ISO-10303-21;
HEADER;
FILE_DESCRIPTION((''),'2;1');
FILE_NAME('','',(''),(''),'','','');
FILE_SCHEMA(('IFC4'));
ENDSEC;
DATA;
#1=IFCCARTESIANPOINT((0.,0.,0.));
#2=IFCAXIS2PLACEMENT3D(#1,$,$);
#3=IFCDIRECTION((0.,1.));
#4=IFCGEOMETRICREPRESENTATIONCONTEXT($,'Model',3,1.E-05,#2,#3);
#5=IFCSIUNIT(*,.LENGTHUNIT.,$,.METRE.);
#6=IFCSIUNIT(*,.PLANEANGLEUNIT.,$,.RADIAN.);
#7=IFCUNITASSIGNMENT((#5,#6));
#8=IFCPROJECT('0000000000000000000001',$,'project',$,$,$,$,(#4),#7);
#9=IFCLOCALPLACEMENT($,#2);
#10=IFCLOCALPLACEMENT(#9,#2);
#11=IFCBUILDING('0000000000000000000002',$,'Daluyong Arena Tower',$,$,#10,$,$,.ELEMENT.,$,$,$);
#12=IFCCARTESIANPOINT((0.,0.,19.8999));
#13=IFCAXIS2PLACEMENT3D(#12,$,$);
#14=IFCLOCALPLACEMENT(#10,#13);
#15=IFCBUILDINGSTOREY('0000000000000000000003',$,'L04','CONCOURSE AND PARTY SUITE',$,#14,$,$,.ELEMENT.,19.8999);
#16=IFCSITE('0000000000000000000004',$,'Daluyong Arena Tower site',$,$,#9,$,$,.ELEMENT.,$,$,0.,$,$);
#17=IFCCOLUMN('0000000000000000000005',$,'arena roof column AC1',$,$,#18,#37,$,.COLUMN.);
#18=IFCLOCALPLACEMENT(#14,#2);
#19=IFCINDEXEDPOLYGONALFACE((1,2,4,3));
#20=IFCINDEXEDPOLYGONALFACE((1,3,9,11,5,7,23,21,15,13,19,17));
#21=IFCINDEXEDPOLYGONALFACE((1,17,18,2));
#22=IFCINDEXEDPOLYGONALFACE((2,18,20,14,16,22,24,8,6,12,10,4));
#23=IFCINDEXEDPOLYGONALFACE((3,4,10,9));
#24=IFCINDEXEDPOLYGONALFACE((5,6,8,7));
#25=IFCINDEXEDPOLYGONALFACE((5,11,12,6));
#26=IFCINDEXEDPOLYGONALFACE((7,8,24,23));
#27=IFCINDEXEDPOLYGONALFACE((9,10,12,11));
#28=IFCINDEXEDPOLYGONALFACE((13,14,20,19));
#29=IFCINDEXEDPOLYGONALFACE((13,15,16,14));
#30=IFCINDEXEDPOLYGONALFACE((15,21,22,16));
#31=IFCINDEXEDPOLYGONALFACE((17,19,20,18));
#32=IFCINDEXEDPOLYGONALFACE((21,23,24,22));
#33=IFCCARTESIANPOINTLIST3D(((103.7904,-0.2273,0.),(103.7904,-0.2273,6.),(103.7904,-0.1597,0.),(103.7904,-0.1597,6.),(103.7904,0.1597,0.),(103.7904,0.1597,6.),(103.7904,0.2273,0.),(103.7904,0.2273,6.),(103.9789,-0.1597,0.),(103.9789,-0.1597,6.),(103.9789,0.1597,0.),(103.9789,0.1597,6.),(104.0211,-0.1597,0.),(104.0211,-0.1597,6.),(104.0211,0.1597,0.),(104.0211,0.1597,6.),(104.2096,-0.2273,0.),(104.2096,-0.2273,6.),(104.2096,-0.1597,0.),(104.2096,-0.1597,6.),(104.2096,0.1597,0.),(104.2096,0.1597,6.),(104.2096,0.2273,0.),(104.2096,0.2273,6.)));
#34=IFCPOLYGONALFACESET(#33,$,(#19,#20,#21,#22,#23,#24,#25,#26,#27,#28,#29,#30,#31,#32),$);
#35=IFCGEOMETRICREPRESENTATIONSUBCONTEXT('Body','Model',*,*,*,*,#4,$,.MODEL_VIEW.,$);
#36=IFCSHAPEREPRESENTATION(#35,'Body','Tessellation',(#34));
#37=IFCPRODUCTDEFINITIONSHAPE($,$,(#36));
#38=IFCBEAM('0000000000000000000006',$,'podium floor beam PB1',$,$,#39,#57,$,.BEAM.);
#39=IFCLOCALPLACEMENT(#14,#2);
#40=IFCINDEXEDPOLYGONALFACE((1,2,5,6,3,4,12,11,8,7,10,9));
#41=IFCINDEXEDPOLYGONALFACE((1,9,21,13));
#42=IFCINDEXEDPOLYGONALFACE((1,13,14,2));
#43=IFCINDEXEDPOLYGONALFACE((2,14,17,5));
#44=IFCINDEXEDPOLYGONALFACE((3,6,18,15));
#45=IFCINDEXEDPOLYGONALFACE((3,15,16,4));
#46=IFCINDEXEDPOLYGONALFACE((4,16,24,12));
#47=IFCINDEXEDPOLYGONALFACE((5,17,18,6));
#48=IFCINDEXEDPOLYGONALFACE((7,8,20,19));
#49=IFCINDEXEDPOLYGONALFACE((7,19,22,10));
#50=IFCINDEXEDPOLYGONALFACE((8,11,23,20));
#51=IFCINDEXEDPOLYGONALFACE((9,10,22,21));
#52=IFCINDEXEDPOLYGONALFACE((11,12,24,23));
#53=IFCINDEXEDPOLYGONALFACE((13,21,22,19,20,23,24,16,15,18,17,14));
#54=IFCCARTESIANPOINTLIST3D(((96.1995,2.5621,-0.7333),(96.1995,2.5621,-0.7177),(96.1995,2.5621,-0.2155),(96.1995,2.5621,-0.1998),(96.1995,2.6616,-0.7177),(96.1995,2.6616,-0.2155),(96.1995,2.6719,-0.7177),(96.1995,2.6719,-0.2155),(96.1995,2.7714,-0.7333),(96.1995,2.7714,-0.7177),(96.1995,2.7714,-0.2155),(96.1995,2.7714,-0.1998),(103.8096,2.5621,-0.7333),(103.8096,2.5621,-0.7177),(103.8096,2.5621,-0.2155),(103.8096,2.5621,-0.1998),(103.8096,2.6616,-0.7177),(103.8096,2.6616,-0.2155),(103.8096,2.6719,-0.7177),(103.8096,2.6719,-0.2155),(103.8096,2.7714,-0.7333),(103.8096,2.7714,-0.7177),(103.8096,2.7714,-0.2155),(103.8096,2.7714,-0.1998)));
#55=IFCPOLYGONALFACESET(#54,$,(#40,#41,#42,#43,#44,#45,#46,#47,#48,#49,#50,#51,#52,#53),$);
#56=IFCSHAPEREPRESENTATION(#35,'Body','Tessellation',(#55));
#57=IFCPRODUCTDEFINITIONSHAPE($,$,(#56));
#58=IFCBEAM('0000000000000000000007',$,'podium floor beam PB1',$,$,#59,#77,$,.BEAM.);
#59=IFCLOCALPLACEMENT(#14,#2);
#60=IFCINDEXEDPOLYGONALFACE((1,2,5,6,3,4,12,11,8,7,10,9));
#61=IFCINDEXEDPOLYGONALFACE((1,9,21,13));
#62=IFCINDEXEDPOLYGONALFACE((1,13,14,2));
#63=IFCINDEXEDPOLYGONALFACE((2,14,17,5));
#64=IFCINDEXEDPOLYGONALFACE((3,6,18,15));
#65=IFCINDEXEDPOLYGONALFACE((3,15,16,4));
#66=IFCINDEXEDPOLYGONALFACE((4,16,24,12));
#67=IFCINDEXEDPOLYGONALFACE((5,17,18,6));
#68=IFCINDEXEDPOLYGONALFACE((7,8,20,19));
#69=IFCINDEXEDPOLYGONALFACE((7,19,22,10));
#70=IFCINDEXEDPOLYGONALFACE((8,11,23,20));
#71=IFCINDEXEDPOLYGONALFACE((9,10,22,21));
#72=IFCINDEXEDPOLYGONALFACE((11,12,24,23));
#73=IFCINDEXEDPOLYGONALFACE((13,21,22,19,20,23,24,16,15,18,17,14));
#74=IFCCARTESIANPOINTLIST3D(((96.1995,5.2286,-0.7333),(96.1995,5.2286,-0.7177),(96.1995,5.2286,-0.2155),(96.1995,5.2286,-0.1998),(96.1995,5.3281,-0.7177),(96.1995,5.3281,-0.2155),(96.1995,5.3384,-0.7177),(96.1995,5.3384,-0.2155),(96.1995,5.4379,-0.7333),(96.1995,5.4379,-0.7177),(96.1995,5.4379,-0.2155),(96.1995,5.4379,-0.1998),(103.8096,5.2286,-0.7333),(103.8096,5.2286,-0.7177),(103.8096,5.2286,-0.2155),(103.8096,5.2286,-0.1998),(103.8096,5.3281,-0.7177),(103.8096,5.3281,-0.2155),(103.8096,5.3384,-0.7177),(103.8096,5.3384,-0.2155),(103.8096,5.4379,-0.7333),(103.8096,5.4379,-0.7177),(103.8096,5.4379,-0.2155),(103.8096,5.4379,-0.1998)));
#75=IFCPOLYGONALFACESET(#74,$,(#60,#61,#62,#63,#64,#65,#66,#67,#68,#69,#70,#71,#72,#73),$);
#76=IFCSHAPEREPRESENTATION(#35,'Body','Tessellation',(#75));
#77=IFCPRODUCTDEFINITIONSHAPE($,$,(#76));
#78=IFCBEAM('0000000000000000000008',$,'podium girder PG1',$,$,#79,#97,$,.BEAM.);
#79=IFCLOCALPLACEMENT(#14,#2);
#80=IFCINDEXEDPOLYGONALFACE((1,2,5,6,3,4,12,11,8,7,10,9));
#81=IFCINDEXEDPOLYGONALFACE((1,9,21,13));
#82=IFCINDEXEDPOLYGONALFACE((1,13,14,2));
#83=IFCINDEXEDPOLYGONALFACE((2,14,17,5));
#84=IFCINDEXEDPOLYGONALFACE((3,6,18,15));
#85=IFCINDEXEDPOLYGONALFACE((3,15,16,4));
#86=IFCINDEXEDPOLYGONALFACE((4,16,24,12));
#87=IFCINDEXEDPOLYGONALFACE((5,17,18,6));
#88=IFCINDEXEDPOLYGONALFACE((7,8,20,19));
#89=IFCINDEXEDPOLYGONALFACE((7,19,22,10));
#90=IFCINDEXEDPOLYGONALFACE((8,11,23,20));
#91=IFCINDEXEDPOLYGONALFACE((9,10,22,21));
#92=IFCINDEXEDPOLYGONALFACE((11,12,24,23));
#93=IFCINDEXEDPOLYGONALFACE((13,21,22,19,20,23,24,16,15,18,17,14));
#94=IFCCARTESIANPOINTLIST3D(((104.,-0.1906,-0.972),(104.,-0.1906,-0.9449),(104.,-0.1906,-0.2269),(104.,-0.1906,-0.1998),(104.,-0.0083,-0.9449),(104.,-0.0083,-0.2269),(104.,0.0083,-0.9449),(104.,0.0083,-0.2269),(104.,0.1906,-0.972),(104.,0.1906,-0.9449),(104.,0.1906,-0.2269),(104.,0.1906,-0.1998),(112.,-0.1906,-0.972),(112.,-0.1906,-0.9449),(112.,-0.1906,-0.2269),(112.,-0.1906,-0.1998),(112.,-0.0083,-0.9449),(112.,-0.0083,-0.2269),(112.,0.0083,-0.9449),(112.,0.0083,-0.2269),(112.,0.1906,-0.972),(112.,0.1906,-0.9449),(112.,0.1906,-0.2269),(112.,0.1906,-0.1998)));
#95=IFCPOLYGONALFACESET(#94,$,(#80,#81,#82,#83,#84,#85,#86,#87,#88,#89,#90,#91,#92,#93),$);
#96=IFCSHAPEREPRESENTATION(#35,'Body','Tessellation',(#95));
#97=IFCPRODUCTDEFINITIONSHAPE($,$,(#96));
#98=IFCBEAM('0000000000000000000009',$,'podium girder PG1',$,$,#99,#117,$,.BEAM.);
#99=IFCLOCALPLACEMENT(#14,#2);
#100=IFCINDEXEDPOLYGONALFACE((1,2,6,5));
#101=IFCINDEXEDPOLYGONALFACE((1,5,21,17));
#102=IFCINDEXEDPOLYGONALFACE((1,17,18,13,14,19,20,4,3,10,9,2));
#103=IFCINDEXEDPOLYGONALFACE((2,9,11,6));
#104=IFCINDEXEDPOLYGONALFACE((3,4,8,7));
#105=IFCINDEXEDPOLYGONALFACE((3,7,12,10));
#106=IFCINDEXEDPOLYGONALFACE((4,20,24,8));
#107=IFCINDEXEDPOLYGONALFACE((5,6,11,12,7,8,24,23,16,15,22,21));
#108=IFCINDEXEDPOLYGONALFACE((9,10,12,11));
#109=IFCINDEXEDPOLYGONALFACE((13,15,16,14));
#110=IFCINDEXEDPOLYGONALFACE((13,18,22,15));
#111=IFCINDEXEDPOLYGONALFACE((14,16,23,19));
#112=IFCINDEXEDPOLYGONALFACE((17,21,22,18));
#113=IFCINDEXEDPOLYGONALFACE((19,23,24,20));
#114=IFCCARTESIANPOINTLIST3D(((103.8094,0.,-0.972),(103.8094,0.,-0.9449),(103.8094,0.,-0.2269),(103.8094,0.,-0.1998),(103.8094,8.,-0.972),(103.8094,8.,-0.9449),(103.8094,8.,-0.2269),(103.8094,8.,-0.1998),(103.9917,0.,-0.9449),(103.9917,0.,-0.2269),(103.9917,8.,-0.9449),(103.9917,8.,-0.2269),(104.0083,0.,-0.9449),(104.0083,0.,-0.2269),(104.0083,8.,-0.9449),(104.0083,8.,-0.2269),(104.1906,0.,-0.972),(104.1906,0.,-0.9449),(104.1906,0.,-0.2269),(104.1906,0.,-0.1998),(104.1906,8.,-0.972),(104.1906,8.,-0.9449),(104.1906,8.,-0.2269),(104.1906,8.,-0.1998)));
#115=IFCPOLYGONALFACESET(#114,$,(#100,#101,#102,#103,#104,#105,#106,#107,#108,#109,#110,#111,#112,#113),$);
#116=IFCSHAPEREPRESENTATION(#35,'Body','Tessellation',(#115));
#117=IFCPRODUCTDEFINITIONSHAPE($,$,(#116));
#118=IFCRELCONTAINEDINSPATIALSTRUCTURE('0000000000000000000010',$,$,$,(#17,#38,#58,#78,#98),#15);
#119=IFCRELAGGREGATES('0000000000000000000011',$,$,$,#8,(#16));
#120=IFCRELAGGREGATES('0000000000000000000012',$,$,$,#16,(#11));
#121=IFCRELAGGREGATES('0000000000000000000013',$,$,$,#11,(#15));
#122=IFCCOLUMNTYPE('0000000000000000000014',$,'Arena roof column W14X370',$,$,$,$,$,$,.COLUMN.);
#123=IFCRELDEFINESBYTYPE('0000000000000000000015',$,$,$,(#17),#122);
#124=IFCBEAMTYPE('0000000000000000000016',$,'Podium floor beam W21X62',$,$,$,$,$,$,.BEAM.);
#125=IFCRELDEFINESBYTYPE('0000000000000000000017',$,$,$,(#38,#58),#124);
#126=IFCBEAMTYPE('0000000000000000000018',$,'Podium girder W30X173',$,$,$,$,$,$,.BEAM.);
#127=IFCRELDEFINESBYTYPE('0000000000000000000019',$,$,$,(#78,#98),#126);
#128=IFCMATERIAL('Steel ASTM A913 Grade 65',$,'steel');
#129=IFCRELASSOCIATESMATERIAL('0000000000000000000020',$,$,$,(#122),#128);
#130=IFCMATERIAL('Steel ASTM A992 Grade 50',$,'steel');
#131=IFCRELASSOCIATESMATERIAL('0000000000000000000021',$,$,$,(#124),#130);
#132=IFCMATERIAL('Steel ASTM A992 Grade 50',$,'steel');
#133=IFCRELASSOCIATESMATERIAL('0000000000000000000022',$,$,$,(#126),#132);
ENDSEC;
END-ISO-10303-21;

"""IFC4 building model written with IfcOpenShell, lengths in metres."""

from ifc_helpers import new_model, si_unit, direction, frame, origin, origin_2d, place, context, subcontext, project, spatial, i_section, extrude, material, material_profile, profile_set, type_object, element, save


model = new_model("IFC4")

# Units and contexts
model_context = context("Model", 3, precision=1e-05, world=origin(), true_north=direction((0.0, 1.0)))
body_context = subcontext(model_context, "Body", "Model", "MODEL_VIEW")
ifc_project = project(units=[si_unit("LENGTHUNIT", "METRE"), si_unit("PLANEANGLEUNIT", "RADIAN")], contexts=[model_context])

# Site, building, storey
site_placement = place(None, origin())
site = spatial("IfcSite", under=ifc_project, at=site_placement, Name="Daluyong Arena Tower site", CompositionType="ELEMENT", RefElevation=0.0)
building_placement = place(site_placement, origin())
building = spatial("IfcBuilding", under=site, at=building_placement, Name="Daluyong Arena Tower", CompositionType="ELEMENT")
storey_placement = place(building_placement, frame((0.0, 0.0, 19.8999)))
storey = spatial("IfcBuildingStorey", under=building, at=storey_placement, Name="L04", Description="CONCOURSE AND PARTY SUITE", CompositionType="ELEMENT", Elevation=19.8999)

# Column
ifc_material_1 = material(Name="Steel ASTM A913 Grade 65", Category="steel")
ifc_material_profile_1 = material_profile(ifc_material_1, i_section(OverallWidth=0.4192, OverallDepth=0.4546, WebThickness=0.0422, FlangeThickness=0.0676, at=origin_2d()))
ifc_profile_set_1 = profile_set([ifc_material_profile_1], Name="Steel ASTM A913 Grade 65")
column_type = type_object("IfcColumnType", Name="Arena roof column W14X370", PredefinedType="COLUMN", material=ifc_profile_set_1)
column_placement = place(storey_placement, frame((104.0, 0.0, 0.0), z_axis=(0.0, 0.0, 1.0), x_axis=(1.0, 0.0, 0.0)))
element("IfcColumn", 1, at=column_placement, inside=storey, type_object=column_type, Name="arena roof column AC1", PredefinedType="COLUMN", context=body_context, shape_type="SweptSolid", body=[
    extrude(i_section(OverallWidth=0.4192, OverallDepth=0.4546, WebThickness=0.0422, FlangeThickness=0.0676, at=origin_2d()), origin(), (0.0, 0.0, 1.0), 6.0),
])

# Beams
ifc_material_2 = material(Name="Steel ASTM A992 Grade 50", Category="steel")
ifc_material_profile_2 = material_profile(ifc_material_2, i_section(OverallWidth=0.2092, OverallDepth=0.5334, WebThickness=0.0103, FlangeThickness=0.0156, at=origin_2d()))
ifc_profile_set_2 = profile_set([ifc_material_profile_2], Name="Steel ASTM A992 Grade 50")
beam_type_1 = type_object("IfcBeamType", Name="Podium floor beam W21X62", PredefinedType="BEAM", material=ifc_profile_set_2)
for number, where, z_axis, x_axis, name in (
    (2, (96.1995, 2.6667, -0.4666), (1.0, 0.0, 0.0), (0.0, 1.0, 0.0), "podium floor beam PB1"),
    (3, (96.1995, 5.3333, -0.4666), (1.0, 0.0, 0.0), (0.0, 1.0, 0.0), "podium floor beam PB1"),
):
    element("IfcBeam", number, at=place(storey_placement, frame(where, z_axis=z_axis, x_axis=x_axis)), inside=storey, type_object=beam_type_1, Name=name, PredefinedType="BEAM", context=body_context, shape_type="SweptSolid", body=[
        extrude(i_section(OverallWidth=0.2092, OverallDepth=0.5334, WebThickness=0.0103, FlangeThickness=0.0156, at=origin_2d()), origin(), (0.0, 0.0, 1.0), 7.6101),
    ])
ifc_material_3 = material(Name="Steel ASTM A992 Grade 50", Category="steel")
ifc_material_profile_3 = material_profile(ifc_material_3, i_section(OverallWidth=0.3811, OverallDepth=0.7722, WebThickness=0.0166, FlangeThickness=0.0271, at=origin_2d()))
ifc_profile_set_3 = profile_set([ifc_material_profile_3], Name="Steel ASTM A992 Grade 50")
beam_type_2 = type_object("IfcBeamType", Name="Podium girder W30X173", PredefinedType="BEAM", material=ifc_profile_set_3)
for number, where, z_axis, x_axis, name in (
    (4, (104.0, 0.0, -0.5859), (1.0, 0.0, 0.0), (0.0, 1.0, 0.0), "podium girder PG1"),
    (5, (104.0, 0.0, -0.5859), (0.0, 1.0, 0.0), (-1.0, 0.0, 0.0), "podium girder PG1"),
):
    element("IfcBeam", number, at=place(storey_placement, frame(where, z_axis=z_axis, x_axis=x_axis)), inside=storey, type_object=beam_type_2, Name=name, PredefinedType="BEAM", context=body_context, shape_type="SweptSolid", body=[
        extrude(i_section(OverallWidth=0.3811, OverallDepth=0.7722, WebThickness=0.0166, FlangeThickness=0.0271, at=origin_2d()), origin(), (0.0, 0.0, 1.0), 8.0),
    ])

save(model, "model.ifc")
